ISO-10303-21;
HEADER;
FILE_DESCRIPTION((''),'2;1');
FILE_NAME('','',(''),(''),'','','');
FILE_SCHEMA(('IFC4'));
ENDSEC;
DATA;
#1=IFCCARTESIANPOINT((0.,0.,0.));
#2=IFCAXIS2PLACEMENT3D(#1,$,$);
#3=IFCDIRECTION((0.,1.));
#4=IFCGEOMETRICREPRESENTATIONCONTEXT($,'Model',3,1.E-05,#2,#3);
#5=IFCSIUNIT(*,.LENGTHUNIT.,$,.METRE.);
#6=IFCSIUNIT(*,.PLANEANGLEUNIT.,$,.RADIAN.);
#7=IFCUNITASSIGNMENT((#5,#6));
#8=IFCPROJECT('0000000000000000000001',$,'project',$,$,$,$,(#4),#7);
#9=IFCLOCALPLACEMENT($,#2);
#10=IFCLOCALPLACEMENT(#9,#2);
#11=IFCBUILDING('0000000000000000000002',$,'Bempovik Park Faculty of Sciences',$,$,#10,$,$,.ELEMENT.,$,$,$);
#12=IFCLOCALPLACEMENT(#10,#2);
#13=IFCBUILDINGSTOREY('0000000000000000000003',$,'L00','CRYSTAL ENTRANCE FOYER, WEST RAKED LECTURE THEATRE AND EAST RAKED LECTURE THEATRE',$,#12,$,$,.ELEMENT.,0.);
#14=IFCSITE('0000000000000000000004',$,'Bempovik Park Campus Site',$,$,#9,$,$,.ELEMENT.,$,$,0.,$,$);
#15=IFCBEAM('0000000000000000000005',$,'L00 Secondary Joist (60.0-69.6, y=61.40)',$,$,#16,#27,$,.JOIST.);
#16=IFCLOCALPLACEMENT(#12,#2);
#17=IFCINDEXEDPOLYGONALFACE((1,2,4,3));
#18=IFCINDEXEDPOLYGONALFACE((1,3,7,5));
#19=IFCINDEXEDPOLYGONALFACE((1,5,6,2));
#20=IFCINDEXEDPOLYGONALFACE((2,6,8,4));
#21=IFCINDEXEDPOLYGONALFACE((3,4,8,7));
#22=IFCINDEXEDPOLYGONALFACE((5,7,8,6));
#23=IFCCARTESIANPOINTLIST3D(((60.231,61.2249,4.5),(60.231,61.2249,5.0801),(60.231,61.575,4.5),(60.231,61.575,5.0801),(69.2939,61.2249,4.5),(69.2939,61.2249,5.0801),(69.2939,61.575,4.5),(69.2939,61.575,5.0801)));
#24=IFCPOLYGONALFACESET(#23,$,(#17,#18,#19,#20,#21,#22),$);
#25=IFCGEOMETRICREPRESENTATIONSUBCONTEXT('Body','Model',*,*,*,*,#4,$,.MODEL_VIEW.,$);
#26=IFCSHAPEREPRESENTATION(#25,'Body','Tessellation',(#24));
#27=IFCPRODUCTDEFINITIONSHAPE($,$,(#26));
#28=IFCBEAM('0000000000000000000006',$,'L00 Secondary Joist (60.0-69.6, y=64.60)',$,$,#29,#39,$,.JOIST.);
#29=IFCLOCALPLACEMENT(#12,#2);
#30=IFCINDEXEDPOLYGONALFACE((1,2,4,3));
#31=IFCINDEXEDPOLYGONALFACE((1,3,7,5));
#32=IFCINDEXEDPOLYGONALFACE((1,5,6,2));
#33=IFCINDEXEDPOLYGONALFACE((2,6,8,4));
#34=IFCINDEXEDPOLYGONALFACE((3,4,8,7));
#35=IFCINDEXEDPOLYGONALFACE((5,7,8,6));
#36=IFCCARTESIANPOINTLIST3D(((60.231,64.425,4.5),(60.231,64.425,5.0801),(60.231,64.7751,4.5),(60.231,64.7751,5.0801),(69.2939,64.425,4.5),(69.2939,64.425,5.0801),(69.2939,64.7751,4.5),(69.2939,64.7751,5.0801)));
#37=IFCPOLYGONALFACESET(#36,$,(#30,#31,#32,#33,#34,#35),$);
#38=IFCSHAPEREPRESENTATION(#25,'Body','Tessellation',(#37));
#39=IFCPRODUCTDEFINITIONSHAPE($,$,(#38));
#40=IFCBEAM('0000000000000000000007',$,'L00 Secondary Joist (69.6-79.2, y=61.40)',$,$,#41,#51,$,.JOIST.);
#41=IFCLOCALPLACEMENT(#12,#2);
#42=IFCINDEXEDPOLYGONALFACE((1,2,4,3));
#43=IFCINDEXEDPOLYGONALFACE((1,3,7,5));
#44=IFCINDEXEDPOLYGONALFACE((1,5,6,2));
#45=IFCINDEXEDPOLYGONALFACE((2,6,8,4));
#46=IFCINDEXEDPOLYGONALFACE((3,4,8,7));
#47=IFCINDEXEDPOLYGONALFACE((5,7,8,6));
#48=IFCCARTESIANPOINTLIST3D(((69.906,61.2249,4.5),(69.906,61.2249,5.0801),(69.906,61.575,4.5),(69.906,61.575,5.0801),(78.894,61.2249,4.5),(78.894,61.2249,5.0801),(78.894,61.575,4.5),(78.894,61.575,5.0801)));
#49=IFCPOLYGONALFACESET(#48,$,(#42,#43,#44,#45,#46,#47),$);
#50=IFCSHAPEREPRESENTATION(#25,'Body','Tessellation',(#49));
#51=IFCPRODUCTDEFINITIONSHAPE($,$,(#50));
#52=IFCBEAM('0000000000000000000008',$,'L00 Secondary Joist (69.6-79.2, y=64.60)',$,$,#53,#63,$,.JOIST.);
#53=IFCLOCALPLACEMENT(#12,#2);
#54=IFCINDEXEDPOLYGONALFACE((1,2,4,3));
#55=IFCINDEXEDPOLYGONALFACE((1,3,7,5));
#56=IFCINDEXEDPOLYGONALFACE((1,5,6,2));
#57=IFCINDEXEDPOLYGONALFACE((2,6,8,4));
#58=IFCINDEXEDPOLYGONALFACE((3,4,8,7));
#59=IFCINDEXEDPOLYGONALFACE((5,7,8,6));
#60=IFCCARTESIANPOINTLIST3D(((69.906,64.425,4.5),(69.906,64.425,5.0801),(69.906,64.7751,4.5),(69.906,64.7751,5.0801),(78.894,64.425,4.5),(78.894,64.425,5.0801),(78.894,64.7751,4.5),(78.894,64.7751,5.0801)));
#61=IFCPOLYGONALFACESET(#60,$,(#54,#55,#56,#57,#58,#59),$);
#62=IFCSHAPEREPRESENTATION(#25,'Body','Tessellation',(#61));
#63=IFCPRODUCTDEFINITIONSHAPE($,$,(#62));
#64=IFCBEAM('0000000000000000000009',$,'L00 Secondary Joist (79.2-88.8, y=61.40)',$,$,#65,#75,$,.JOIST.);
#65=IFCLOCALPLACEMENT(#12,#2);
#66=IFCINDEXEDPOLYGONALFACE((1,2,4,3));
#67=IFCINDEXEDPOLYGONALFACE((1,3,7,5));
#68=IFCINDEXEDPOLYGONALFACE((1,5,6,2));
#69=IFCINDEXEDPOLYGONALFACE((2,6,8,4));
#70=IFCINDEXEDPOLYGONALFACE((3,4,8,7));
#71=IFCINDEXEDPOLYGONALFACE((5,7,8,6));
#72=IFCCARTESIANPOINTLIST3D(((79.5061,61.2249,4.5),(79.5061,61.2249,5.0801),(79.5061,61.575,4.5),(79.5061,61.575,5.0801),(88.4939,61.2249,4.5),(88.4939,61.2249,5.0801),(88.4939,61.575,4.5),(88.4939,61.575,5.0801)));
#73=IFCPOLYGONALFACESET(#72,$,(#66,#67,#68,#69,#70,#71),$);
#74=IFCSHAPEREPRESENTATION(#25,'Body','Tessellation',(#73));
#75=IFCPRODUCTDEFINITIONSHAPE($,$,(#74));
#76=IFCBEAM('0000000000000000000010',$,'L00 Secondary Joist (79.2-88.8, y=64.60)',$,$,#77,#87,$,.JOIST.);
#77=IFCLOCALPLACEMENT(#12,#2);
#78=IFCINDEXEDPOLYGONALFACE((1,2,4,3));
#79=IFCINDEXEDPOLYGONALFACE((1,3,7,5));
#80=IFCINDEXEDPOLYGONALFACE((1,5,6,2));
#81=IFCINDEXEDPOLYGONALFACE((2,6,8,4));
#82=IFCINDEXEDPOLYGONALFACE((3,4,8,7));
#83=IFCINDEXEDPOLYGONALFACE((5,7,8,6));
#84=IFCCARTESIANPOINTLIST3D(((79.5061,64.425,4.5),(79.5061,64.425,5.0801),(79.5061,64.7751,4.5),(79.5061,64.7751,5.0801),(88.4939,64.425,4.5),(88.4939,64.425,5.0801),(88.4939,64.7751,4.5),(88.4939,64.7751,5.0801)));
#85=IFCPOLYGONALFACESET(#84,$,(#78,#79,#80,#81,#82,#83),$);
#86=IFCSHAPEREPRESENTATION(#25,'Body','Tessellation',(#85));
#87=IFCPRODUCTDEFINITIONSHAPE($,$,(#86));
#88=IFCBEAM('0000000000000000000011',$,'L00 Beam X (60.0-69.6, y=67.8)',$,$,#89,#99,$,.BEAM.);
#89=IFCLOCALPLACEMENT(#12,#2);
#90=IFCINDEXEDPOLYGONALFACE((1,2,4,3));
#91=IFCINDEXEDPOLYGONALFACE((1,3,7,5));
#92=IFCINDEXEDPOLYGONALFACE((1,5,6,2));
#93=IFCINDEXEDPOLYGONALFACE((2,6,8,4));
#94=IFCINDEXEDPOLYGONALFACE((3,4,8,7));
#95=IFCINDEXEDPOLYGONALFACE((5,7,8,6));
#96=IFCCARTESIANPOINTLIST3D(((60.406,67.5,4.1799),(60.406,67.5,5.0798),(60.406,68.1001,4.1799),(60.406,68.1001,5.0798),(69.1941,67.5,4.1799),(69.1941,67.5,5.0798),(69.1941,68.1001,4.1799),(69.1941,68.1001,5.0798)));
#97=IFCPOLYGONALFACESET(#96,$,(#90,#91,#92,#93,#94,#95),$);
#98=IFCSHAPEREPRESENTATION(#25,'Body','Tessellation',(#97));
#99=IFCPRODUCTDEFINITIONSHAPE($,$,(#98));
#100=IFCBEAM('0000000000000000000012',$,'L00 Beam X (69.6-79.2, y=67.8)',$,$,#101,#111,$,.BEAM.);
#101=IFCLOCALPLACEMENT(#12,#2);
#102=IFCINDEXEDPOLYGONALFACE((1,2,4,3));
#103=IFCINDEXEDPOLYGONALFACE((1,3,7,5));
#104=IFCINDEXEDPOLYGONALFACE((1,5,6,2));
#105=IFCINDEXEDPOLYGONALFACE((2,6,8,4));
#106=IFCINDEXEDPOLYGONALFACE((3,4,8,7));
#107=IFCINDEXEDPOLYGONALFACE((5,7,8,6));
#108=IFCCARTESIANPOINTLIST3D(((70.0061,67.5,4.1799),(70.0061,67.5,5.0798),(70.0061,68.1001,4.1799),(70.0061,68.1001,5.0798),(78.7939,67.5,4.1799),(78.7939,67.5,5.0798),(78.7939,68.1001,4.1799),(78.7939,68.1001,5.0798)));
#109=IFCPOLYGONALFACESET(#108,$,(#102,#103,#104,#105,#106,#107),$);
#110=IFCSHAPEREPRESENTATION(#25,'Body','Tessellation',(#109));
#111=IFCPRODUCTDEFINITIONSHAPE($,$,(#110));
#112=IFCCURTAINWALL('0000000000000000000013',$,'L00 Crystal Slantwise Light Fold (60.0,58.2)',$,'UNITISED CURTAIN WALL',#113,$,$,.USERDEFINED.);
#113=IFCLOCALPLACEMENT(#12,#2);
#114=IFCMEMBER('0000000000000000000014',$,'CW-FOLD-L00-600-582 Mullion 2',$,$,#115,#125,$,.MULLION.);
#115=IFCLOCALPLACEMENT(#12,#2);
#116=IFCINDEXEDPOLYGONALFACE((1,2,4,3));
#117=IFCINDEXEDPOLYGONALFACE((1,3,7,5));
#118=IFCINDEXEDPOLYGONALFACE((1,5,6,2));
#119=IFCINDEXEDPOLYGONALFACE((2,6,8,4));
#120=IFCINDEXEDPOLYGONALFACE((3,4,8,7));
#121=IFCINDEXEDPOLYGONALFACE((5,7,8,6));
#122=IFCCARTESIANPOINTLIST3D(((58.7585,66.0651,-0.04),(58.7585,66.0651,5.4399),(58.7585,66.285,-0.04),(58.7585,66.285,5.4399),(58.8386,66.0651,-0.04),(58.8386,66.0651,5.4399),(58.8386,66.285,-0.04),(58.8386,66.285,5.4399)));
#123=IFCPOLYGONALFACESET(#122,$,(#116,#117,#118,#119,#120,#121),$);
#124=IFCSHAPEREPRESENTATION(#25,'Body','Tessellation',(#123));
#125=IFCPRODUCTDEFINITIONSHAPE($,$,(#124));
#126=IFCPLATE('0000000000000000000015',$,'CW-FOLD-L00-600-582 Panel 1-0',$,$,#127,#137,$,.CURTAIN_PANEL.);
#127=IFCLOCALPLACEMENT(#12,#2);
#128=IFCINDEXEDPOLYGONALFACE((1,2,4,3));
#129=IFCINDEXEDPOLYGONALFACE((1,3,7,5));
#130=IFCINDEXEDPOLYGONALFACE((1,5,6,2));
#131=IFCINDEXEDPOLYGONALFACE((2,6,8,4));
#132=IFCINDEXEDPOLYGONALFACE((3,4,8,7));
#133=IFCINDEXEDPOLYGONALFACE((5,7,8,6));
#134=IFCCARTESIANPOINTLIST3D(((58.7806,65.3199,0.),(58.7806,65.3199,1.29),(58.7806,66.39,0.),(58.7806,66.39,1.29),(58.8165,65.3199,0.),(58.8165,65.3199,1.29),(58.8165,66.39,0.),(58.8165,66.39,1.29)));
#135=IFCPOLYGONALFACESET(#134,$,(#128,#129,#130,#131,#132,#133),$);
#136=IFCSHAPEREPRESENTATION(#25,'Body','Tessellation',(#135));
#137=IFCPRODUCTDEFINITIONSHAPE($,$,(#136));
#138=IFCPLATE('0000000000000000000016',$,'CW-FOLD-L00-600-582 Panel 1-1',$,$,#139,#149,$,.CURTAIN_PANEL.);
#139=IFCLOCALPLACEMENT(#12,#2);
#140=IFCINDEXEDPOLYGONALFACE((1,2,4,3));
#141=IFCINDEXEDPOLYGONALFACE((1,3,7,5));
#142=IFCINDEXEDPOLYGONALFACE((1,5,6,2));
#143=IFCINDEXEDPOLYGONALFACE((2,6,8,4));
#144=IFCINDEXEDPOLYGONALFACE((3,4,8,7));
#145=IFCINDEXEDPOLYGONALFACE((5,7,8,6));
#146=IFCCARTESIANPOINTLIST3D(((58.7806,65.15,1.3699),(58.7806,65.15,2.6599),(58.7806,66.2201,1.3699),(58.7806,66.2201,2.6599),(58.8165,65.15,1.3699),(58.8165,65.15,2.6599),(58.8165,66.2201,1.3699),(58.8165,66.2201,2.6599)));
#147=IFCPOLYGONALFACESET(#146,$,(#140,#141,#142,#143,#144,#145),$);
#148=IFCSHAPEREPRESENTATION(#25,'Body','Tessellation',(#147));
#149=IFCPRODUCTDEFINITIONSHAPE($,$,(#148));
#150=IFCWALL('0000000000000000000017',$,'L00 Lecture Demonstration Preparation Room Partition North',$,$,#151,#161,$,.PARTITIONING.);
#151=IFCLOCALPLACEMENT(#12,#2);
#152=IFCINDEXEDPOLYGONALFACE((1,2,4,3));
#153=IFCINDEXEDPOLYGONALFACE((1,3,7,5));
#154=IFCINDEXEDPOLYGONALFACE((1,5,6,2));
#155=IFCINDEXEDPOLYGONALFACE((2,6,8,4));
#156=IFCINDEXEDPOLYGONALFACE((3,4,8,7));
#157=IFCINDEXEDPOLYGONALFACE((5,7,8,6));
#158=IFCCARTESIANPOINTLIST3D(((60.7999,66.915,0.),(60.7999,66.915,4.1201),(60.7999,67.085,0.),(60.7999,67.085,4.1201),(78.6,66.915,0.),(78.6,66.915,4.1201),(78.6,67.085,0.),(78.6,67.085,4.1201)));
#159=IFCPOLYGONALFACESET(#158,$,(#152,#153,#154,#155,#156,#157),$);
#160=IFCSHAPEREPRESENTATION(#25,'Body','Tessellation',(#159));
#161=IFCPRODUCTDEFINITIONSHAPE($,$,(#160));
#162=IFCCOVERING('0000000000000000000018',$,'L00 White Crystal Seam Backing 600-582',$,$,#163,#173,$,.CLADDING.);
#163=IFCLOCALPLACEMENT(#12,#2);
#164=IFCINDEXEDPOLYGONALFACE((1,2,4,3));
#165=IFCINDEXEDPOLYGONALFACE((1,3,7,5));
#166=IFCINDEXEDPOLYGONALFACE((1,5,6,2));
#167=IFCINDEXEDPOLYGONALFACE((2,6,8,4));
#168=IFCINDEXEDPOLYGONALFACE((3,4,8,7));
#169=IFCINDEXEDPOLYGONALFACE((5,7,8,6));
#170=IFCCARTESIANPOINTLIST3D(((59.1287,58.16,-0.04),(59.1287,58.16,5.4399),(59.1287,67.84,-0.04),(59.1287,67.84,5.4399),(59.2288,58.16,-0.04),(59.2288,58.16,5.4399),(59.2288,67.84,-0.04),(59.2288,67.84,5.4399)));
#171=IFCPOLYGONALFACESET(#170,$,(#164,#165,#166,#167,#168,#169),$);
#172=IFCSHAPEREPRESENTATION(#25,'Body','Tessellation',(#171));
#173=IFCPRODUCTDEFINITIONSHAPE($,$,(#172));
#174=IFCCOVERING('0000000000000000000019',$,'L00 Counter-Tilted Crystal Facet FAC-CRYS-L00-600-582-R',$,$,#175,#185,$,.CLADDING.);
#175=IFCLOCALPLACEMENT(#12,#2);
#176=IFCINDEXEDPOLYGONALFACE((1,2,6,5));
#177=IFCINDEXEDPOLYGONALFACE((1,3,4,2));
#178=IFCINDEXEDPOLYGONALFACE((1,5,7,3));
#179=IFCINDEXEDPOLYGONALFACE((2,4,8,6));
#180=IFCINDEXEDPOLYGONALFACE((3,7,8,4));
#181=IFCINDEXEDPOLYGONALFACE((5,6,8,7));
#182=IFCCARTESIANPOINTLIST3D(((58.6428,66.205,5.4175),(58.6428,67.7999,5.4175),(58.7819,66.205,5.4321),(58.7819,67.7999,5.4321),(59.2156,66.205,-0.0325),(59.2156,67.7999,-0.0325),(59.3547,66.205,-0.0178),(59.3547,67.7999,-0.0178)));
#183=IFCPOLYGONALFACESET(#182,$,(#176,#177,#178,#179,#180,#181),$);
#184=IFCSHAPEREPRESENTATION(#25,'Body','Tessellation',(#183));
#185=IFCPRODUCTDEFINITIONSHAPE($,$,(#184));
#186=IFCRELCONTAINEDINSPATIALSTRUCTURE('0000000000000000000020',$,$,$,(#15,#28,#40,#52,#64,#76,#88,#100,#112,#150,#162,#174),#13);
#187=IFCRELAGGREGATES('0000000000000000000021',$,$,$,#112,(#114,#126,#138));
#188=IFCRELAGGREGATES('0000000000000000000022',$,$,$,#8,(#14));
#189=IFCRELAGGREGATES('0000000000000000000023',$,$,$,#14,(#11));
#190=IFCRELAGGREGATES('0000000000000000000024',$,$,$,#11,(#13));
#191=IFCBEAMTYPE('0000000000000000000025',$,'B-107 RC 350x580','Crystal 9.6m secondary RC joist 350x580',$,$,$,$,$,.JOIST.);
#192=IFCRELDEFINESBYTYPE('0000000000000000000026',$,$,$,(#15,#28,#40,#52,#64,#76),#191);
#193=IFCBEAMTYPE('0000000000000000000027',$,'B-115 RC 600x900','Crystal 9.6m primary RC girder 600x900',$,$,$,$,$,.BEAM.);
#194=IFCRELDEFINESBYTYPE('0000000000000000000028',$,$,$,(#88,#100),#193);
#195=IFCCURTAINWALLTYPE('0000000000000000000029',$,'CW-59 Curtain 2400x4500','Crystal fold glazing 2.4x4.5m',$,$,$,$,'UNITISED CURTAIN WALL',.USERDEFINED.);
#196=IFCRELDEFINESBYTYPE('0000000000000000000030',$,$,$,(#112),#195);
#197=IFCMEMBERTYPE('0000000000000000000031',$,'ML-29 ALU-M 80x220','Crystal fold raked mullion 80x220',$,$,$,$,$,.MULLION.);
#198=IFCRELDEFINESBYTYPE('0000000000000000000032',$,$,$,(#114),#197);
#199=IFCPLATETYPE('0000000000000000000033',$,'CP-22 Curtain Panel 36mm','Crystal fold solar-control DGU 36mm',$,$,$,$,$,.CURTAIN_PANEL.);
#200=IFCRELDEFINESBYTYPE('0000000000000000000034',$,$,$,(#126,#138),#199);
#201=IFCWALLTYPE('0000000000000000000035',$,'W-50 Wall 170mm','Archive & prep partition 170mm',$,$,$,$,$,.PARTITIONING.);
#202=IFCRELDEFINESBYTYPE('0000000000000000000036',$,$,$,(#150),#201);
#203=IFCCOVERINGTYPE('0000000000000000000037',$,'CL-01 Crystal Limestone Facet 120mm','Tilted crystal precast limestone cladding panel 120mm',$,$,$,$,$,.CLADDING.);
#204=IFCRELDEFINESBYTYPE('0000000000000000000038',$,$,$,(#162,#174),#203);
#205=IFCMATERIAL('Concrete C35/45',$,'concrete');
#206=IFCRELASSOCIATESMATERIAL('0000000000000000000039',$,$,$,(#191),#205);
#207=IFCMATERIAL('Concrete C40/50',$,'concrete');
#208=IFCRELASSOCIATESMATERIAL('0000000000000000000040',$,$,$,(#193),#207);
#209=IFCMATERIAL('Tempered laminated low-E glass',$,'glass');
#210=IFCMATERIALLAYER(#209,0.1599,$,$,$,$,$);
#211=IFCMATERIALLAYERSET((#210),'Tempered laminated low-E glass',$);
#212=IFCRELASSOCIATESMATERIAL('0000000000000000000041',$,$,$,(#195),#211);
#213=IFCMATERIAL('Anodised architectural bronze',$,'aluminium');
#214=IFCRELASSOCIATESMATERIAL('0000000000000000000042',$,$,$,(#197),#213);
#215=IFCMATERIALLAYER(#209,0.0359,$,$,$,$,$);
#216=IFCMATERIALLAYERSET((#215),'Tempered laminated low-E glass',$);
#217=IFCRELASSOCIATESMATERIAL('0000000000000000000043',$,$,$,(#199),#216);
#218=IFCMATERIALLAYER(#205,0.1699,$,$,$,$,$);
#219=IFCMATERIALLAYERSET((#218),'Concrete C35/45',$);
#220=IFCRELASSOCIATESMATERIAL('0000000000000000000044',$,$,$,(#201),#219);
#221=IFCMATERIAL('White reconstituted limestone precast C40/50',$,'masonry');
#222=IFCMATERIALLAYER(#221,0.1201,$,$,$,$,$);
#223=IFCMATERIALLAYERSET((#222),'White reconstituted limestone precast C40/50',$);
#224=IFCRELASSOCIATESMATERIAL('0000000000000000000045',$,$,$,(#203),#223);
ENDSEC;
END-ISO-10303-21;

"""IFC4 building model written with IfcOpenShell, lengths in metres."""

from ifc_helpers import new_model, si_unit, direction, frame, frame_2d, origin, origin_2d, place, context, subcontext, project, spatial, rectangle, extrude, material, layer, layer_set, material_profile, profile_set, type_object, element, aggregate, save


model = new_model("IFC4")

# Units and contexts
model_context = context("Model", 3, precision=1e-05, world=origin(), true_north=direction((0.0, 1.0)))
body_context = subcontext(model_context, "Body", "Model", "MODEL_VIEW")
ifc_project = project(units=[si_unit("LENGTHUNIT", "METRE"), si_unit("PLANEANGLEUNIT", "RADIAN")], contexts=[model_context])

# Site, building, storey
site_placement = place(None, origin())
site = spatial("IfcSite", under=ifc_project, at=site_placement, Name="Bempovik Park Campus Site", CompositionType="ELEMENT", RefElevation=0.0)
building_placement = place(site_placement, origin())
building = spatial("IfcBuilding", under=site, at=building_placement, Name="Bempovik Park Faculty of Sciences", CompositionType="ELEMENT")
storey_placement = place(building_placement, origin())
storey = spatial("IfcBuildingStorey", under=building, at=storey_placement, Name="L00", Description="CRYSTAL ENTRANCE FOYER, WEST RAKED LECTURE THEATRE AND EAST RAKED LECTURE THEATRE", CompositionType="ELEMENT", Elevation=0.0)

# Shared definitions
ifc_material_1 = material(Name="Concrete C35/45", Category="concrete")

# Shared definitions
ifc_material_2 = material(Name="Concrete C40/50", Category="concrete")

# Beams
ifc_material_profile_1 = material_profile(ifc_material_1, rectangle(XDim=0.3501, YDim=0.5801, at=origin_2d()), Name="RC 350x580")
ifc_profile_set_1 = profile_set([ifc_material_profile_1], Name="Concrete C35/45")
beam_type_1 = type_object("IfcBeamType", Name="B-107 RC 350x580", Description="Crystal 9.6m secondary RC joist 350x580", PredefinedType="JOIST", material=ifc_profile_set_1)
for number, where, z_axis, x_axis, name in (
    (1, (60.231, 61.3999, 4.79), (1.0, 0.0, 0.0), (0.0, 1.0, 0.0), "L00 Secondary Joist (60.0-69.6, y=61.40)"),
    (2, (60.231, 64.6001, 4.79), (1.0, 0.0, 0.0), (0.0, 1.0, 0.0), "L00 Secondary Joist (60.0-69.6, y=64.60)"),
):
    element("IfcBeam", number, at=place(storey_placement, frame(where, z_axis=z_axis, x_axis=x_axis)), inside=storey, type_object=beam_type_1, Name=name, PredefinedType="JOIST", context=body_context, shape_type="SweptSolid", body=[
        extrude(rectangle(XDim=0.3501, YDim=0.5801, at=origin_2d()), origin(), (0.0, 0.0, 1.0), 9.063),
    ])
for number, where, z_axis, x_axis, name in (
    (3, (69.906, 61.3999, 4.79), (1.0, 0.0, 0.0), (0.0, 1.0, 0.0), "L00 Secondary Joist (69.6-79.2, y=61.40)"),
    (4, (69.906, 64.6001, 4.79), (1.0, 0.0, 0.0), (0.0, 1.0, 0.0), "L00 Secondary Joist (69.6-79.2, y=64.60)"),
):
    element("IfcBeam", number, at=place(storey_placement, frame(where, z_axis=z_axis, x_axis=x_axis)), inside=storey, type_object=beam_type_1, Name=name, PredefinedType="JOIST", context=body_context, shape_type="SweptSolid", body=[
        extrude(rectangle(XDim=0.3501, YDim=0.5801, at=origin_2d()), origin(), (0.0, 0.0, 1.0), 8.988),
    ])
for number, where, z_axis, x_axis, name in (
    (5, (79.5061, 61.3999, 4.79), (1.0, 0.0, 0.0), (0.0, 1.0, 0.0), "L00 Secondary Joist (79.2-88.8, y=61.40)"),
    (6, (79.5061, 64.6001, 4.79), (1.0, 0.0, 0.0), (0.0, 1.0, 0.0), "L00 Secondary Joist (79.2-88.8, y=64.60)"),
):
    element("IfcBeam", number, at=place(storey_placement, frame(where, z_axis=z_axis, x_axis=x_axis)), inside=storey, type_object=beam_type_1, Name=name, PredefinedType="JOIST", context=body_context, shape_type="SweptSolid", body=[
        extrude(rectangle(XDim=0.3501, YDim=0.5801, at=origin_2d()), origin(), (0.0, 0.0, 1.0), 8.9878),
    ])
ifc_material_profile_2 = material_profile(ifc_material_2, rectangle(XDim=0.6001, YDim=0.8999, at=origin_2d()), Name="RC 600x900")
ifc_profile_set_2 = profile_set([ifc_material_profile_2], Name="Concrete C40/50")
beam_type_2 = type_object("IfcBeamType", Name="B-115 RC 600x900", Description="Crystal 9.6m primary RC girder 600x900", PredefinedType="BEAM", material=ifc_profile_set_2)
beam_1_placement = place(storey_placement, frame((60.406, 67.8, 4.6299), z_axis=(1.0, 0.0, 0.0), x_axis=(0.0, 1.0, 0.0)))
element("IfcBeam", 7, at=beam_1_placement, inside=storey, type_object=beam_type_2, Name="L00 Beam X (60.0-69.6, y=67.8)", PredefinedType="BEAM", context=body_context, shape_type="SweptSolid", body=[
    extrude(rectangle(XDim=0.6001, YDim=0.8999, at=origin_2d()), origin(), (0.0, 0.0, 1.0), 8.7881),
])
beam_2_placement = place(storey_placement, frame((70.0061, 67.8, 4.6299), z_axis=(1.0, 0.0, 0.0), x_axis=(0.0, 1.0, 0.0)))
element("IfcBeam", 8, at=beam_2_placement, inside=storey, type_object=beam_type_2, Name="L00 Beam X (69.6-79.2, y=67.8)", PredefinedType="BEAM", context=body_context, shape_type="SweptSolid", body=[
    extrude(rectangle(XDim=0.6001, YDim=0.8999, at=origin_2d()), origin(), (0.0, 0.0, 1.0), 8.7878),
])

# Curtain wall, member, plates
ifc_material_3 = material(Name="Tempered laminated low-E glass", Category="glass")
ifc_layer_1 = layer(ifc_material_3, 0.1599)
ifc_layer_set_1 = layer_set([ifc_layer_1], Name="Tempered laminated low-E glass")
curtain_wall_type = type_object("IfcCurtainWallType", Name="CW-59 Curtain 2400x4500", Description="Crystal fold glazing 2.4x4.5m", ElementType="UNITISED CURTAIN WALL", PredefinedType="USERDEFINED", material=ifc_layer_set_1)
curtain_wall_placement = place(storey_placement, origin())
curtain_wall = element("IfcCurtainWall", 9, at=curtain_wall_placement, inside=storey, type_object=curtain_wall_type, Name="L00 Crystal Slantwise Light Fold (60.0,58.2)", ObjectType="UNITISED CURTAIN WALL", PredefinedType="USERDEFINED")
ifc_material_4 = material(Name="Anodised architectural bronze", Category="aluminium")
ifc_material_profile_3 = material_profile(ifc_material_4, rectangle(XDim=0.0801, YDim=0.22, at=origin_2d()), Name="ALU-M 80x220")
ifc_profile_set_3 = profile_set([ifc_material_profile_3], Name="Anodised architectural bronze")
member_type = type_object("IfcMemberType", Name="ML-29 ALU-M 80x220", Description="Crystal fold raked mullion 80x220", PredefinedType="MULLION", material=ifc_profile_set_3)
member_placement = place(storey_placement, frame((58.7986, 66.175, -0.04), z_axis=(0.0, 0.0, 1.0), x_axis=(1.0, 0.0, 0.0)))
member = element("IfcMember", 10, at=member_placement, type_object=member_type, Name="CW-FOLD-L00-600-582 Mullion 2", PredefinedType="MULLION", context=body_context, shape_type="SweptSolid", body=[
    extrude(rectangle(XDim=0.0801, YDim=0.22, at=origin_2d()), origin(), (0.0, 0.0, 1.0), 5.48),
])
ifc_layer_2 = layer(ifc_material_3, 0.0359)
ifc_layer_set_2 = layer_set([ifc_layer_2], Name="Tempered laminated low-E glass")
plate_type = type_object("IfcPlateType", Name="CP-22 Curtain Panel 36mm", Description="Crystal fold solar-control DGU 36mm", PredefinedType="CURTAIN_PANEL", material=ifc_layer_set_2)
plate_1_placement = place(storey_placement, frame((58.7986, 65.855, 0.0), z_axis=(0.0, 0.0, 1.0), x_axis=(0.0, 1.0, 0.0)))
plate_1 = element("IfcPlate", 11, at=plate_1_placement, type_object=plate_type, Name="CW-FOLD-L00-600-582 Panel 1-0", PredefinedType="CURTAIN_PANEL", context=body_context, shape_type="SweptSolid", body=[
    extrude(rectangle(XDim=1.0701, YDim=0.0359, at=origin_2d()), origin(), (0.0, 0.0, 1.0), 1.29),
])
plate_2_placement = place(storey_placement, frame((58.7986, 65.6851, 1.3699), z_axis=(0.0, 0.0, 1.0), x_axis=(0.0, 1.0, 0.0)))
plate_2 = element("IfcPlate", 12, at=plate_2_placement, type_object=plate_type, Name="CW-FOLD-L00-600-582 Panel 1-1", PredefinedType="CURTAIN_PANEL", context=body_context, shape_type="SweptSolid", body=[
    extrude(rectangle(XDim=1.0701, YDim=0.0359, at=origin_2d()), origin(), (0.0, 0.0, 1.0), 1.29),
])
aggregate(curtain_wall, [member, plate_1, plate_2])

# Wall
ifc_layer_3 = layer(ifc_material_1, 0.1699)
ifc_layer_set_3 = layer_set([ifc_layer_3], Name="Concrete C35/45")
wall_type = type_object("IfcWallType", Name="W-50 Wall 170mm", Description="Archive & prep partition 170mm", PredefinedType="PARTITIONING", material=ifc_layer_set_3)
wall_placement = place(storey_placement, frame((60.8, 67.0, 0.0), z_axis=(0.0, 0.0, 1.0), x_axis=(1.0, 0.0, 0.0)))
element("IfcWall", 13, at=wall_placement, inside=storey, type_object=wall_type, Name="L00 Lecture Demonstration Preparation Room Partition North", PredefinedType="PARTITIONING", context=body_context, shape_type="SweptSolid", body=[
    extrude(rectangle(XDim=17.8, YDim=0.1699, at=frame_2d((8.8999, 0.0))), origin(), (0.0, 0.0, 1.0), 4.1201),
])

# Coverings
ifc_material_5 = material(Name="White reconstituted limestone precast C40/50", Category="masonry")
ifc_layer_4 = layer(ifc_material_5, 0.1201)
ifc_layer_set_4 = layer_set([ifc_layer_4], Name="White reconstituted limestone precast C40/50")
covering_type_1 = type_object("IfcCoveringType", Name="CL-01 Crystal Limestone Facet 120mm", Description="Tilted crystal precast limestone cladding panel 120mm", PredefinedType="CLADDING", material=ifc_layer_set_4)
covering_1_placement = place(storey_placement, frame((59.1787, 63.0, -0.04), z_axis=(0.0, 0.0, 1.0), x_axis=(1.0, 0.0, 0.0)))
element("IfcCovering", 14, at=covering_1_placement, inside=storey, type_object=covering_type_1, Name="L00 White Crystal Seam Backing 600-582", PredefinedType="CLADDING", context=body_context, shape_type="SweptSolid", body=[
    extrude(rectangle(XDim=0.1001, YDim=9.6799, at=origin_2d()), origin(), (0.0, 0.0, 1.0), 5.48),
])
covering_2_placement = place(storey_placement, frame((59.2852, 67.0024, -0.0251), z_axis=(-0.104528, 0.0, 0.994522), x_axis=(0.0, 1.0, 0.0)))
element("IfcCovering", 15, at=covering_2_placement, inside=storey, type_object=covering_type_1, Name="L00 Counter-Tilted Crystal Facet FAC-CRYS-L00-600-582-R", PredefinedType="CLADDING", context=body_context, shape_type="SweptSolid", body=[
    extrude(rectangle(XDim=1.595, YDim=0.1399, at=origin_2d()), origin(), (0.0, 0.0, 1.0), 5.48),
])

save(model, "model.ifc")
